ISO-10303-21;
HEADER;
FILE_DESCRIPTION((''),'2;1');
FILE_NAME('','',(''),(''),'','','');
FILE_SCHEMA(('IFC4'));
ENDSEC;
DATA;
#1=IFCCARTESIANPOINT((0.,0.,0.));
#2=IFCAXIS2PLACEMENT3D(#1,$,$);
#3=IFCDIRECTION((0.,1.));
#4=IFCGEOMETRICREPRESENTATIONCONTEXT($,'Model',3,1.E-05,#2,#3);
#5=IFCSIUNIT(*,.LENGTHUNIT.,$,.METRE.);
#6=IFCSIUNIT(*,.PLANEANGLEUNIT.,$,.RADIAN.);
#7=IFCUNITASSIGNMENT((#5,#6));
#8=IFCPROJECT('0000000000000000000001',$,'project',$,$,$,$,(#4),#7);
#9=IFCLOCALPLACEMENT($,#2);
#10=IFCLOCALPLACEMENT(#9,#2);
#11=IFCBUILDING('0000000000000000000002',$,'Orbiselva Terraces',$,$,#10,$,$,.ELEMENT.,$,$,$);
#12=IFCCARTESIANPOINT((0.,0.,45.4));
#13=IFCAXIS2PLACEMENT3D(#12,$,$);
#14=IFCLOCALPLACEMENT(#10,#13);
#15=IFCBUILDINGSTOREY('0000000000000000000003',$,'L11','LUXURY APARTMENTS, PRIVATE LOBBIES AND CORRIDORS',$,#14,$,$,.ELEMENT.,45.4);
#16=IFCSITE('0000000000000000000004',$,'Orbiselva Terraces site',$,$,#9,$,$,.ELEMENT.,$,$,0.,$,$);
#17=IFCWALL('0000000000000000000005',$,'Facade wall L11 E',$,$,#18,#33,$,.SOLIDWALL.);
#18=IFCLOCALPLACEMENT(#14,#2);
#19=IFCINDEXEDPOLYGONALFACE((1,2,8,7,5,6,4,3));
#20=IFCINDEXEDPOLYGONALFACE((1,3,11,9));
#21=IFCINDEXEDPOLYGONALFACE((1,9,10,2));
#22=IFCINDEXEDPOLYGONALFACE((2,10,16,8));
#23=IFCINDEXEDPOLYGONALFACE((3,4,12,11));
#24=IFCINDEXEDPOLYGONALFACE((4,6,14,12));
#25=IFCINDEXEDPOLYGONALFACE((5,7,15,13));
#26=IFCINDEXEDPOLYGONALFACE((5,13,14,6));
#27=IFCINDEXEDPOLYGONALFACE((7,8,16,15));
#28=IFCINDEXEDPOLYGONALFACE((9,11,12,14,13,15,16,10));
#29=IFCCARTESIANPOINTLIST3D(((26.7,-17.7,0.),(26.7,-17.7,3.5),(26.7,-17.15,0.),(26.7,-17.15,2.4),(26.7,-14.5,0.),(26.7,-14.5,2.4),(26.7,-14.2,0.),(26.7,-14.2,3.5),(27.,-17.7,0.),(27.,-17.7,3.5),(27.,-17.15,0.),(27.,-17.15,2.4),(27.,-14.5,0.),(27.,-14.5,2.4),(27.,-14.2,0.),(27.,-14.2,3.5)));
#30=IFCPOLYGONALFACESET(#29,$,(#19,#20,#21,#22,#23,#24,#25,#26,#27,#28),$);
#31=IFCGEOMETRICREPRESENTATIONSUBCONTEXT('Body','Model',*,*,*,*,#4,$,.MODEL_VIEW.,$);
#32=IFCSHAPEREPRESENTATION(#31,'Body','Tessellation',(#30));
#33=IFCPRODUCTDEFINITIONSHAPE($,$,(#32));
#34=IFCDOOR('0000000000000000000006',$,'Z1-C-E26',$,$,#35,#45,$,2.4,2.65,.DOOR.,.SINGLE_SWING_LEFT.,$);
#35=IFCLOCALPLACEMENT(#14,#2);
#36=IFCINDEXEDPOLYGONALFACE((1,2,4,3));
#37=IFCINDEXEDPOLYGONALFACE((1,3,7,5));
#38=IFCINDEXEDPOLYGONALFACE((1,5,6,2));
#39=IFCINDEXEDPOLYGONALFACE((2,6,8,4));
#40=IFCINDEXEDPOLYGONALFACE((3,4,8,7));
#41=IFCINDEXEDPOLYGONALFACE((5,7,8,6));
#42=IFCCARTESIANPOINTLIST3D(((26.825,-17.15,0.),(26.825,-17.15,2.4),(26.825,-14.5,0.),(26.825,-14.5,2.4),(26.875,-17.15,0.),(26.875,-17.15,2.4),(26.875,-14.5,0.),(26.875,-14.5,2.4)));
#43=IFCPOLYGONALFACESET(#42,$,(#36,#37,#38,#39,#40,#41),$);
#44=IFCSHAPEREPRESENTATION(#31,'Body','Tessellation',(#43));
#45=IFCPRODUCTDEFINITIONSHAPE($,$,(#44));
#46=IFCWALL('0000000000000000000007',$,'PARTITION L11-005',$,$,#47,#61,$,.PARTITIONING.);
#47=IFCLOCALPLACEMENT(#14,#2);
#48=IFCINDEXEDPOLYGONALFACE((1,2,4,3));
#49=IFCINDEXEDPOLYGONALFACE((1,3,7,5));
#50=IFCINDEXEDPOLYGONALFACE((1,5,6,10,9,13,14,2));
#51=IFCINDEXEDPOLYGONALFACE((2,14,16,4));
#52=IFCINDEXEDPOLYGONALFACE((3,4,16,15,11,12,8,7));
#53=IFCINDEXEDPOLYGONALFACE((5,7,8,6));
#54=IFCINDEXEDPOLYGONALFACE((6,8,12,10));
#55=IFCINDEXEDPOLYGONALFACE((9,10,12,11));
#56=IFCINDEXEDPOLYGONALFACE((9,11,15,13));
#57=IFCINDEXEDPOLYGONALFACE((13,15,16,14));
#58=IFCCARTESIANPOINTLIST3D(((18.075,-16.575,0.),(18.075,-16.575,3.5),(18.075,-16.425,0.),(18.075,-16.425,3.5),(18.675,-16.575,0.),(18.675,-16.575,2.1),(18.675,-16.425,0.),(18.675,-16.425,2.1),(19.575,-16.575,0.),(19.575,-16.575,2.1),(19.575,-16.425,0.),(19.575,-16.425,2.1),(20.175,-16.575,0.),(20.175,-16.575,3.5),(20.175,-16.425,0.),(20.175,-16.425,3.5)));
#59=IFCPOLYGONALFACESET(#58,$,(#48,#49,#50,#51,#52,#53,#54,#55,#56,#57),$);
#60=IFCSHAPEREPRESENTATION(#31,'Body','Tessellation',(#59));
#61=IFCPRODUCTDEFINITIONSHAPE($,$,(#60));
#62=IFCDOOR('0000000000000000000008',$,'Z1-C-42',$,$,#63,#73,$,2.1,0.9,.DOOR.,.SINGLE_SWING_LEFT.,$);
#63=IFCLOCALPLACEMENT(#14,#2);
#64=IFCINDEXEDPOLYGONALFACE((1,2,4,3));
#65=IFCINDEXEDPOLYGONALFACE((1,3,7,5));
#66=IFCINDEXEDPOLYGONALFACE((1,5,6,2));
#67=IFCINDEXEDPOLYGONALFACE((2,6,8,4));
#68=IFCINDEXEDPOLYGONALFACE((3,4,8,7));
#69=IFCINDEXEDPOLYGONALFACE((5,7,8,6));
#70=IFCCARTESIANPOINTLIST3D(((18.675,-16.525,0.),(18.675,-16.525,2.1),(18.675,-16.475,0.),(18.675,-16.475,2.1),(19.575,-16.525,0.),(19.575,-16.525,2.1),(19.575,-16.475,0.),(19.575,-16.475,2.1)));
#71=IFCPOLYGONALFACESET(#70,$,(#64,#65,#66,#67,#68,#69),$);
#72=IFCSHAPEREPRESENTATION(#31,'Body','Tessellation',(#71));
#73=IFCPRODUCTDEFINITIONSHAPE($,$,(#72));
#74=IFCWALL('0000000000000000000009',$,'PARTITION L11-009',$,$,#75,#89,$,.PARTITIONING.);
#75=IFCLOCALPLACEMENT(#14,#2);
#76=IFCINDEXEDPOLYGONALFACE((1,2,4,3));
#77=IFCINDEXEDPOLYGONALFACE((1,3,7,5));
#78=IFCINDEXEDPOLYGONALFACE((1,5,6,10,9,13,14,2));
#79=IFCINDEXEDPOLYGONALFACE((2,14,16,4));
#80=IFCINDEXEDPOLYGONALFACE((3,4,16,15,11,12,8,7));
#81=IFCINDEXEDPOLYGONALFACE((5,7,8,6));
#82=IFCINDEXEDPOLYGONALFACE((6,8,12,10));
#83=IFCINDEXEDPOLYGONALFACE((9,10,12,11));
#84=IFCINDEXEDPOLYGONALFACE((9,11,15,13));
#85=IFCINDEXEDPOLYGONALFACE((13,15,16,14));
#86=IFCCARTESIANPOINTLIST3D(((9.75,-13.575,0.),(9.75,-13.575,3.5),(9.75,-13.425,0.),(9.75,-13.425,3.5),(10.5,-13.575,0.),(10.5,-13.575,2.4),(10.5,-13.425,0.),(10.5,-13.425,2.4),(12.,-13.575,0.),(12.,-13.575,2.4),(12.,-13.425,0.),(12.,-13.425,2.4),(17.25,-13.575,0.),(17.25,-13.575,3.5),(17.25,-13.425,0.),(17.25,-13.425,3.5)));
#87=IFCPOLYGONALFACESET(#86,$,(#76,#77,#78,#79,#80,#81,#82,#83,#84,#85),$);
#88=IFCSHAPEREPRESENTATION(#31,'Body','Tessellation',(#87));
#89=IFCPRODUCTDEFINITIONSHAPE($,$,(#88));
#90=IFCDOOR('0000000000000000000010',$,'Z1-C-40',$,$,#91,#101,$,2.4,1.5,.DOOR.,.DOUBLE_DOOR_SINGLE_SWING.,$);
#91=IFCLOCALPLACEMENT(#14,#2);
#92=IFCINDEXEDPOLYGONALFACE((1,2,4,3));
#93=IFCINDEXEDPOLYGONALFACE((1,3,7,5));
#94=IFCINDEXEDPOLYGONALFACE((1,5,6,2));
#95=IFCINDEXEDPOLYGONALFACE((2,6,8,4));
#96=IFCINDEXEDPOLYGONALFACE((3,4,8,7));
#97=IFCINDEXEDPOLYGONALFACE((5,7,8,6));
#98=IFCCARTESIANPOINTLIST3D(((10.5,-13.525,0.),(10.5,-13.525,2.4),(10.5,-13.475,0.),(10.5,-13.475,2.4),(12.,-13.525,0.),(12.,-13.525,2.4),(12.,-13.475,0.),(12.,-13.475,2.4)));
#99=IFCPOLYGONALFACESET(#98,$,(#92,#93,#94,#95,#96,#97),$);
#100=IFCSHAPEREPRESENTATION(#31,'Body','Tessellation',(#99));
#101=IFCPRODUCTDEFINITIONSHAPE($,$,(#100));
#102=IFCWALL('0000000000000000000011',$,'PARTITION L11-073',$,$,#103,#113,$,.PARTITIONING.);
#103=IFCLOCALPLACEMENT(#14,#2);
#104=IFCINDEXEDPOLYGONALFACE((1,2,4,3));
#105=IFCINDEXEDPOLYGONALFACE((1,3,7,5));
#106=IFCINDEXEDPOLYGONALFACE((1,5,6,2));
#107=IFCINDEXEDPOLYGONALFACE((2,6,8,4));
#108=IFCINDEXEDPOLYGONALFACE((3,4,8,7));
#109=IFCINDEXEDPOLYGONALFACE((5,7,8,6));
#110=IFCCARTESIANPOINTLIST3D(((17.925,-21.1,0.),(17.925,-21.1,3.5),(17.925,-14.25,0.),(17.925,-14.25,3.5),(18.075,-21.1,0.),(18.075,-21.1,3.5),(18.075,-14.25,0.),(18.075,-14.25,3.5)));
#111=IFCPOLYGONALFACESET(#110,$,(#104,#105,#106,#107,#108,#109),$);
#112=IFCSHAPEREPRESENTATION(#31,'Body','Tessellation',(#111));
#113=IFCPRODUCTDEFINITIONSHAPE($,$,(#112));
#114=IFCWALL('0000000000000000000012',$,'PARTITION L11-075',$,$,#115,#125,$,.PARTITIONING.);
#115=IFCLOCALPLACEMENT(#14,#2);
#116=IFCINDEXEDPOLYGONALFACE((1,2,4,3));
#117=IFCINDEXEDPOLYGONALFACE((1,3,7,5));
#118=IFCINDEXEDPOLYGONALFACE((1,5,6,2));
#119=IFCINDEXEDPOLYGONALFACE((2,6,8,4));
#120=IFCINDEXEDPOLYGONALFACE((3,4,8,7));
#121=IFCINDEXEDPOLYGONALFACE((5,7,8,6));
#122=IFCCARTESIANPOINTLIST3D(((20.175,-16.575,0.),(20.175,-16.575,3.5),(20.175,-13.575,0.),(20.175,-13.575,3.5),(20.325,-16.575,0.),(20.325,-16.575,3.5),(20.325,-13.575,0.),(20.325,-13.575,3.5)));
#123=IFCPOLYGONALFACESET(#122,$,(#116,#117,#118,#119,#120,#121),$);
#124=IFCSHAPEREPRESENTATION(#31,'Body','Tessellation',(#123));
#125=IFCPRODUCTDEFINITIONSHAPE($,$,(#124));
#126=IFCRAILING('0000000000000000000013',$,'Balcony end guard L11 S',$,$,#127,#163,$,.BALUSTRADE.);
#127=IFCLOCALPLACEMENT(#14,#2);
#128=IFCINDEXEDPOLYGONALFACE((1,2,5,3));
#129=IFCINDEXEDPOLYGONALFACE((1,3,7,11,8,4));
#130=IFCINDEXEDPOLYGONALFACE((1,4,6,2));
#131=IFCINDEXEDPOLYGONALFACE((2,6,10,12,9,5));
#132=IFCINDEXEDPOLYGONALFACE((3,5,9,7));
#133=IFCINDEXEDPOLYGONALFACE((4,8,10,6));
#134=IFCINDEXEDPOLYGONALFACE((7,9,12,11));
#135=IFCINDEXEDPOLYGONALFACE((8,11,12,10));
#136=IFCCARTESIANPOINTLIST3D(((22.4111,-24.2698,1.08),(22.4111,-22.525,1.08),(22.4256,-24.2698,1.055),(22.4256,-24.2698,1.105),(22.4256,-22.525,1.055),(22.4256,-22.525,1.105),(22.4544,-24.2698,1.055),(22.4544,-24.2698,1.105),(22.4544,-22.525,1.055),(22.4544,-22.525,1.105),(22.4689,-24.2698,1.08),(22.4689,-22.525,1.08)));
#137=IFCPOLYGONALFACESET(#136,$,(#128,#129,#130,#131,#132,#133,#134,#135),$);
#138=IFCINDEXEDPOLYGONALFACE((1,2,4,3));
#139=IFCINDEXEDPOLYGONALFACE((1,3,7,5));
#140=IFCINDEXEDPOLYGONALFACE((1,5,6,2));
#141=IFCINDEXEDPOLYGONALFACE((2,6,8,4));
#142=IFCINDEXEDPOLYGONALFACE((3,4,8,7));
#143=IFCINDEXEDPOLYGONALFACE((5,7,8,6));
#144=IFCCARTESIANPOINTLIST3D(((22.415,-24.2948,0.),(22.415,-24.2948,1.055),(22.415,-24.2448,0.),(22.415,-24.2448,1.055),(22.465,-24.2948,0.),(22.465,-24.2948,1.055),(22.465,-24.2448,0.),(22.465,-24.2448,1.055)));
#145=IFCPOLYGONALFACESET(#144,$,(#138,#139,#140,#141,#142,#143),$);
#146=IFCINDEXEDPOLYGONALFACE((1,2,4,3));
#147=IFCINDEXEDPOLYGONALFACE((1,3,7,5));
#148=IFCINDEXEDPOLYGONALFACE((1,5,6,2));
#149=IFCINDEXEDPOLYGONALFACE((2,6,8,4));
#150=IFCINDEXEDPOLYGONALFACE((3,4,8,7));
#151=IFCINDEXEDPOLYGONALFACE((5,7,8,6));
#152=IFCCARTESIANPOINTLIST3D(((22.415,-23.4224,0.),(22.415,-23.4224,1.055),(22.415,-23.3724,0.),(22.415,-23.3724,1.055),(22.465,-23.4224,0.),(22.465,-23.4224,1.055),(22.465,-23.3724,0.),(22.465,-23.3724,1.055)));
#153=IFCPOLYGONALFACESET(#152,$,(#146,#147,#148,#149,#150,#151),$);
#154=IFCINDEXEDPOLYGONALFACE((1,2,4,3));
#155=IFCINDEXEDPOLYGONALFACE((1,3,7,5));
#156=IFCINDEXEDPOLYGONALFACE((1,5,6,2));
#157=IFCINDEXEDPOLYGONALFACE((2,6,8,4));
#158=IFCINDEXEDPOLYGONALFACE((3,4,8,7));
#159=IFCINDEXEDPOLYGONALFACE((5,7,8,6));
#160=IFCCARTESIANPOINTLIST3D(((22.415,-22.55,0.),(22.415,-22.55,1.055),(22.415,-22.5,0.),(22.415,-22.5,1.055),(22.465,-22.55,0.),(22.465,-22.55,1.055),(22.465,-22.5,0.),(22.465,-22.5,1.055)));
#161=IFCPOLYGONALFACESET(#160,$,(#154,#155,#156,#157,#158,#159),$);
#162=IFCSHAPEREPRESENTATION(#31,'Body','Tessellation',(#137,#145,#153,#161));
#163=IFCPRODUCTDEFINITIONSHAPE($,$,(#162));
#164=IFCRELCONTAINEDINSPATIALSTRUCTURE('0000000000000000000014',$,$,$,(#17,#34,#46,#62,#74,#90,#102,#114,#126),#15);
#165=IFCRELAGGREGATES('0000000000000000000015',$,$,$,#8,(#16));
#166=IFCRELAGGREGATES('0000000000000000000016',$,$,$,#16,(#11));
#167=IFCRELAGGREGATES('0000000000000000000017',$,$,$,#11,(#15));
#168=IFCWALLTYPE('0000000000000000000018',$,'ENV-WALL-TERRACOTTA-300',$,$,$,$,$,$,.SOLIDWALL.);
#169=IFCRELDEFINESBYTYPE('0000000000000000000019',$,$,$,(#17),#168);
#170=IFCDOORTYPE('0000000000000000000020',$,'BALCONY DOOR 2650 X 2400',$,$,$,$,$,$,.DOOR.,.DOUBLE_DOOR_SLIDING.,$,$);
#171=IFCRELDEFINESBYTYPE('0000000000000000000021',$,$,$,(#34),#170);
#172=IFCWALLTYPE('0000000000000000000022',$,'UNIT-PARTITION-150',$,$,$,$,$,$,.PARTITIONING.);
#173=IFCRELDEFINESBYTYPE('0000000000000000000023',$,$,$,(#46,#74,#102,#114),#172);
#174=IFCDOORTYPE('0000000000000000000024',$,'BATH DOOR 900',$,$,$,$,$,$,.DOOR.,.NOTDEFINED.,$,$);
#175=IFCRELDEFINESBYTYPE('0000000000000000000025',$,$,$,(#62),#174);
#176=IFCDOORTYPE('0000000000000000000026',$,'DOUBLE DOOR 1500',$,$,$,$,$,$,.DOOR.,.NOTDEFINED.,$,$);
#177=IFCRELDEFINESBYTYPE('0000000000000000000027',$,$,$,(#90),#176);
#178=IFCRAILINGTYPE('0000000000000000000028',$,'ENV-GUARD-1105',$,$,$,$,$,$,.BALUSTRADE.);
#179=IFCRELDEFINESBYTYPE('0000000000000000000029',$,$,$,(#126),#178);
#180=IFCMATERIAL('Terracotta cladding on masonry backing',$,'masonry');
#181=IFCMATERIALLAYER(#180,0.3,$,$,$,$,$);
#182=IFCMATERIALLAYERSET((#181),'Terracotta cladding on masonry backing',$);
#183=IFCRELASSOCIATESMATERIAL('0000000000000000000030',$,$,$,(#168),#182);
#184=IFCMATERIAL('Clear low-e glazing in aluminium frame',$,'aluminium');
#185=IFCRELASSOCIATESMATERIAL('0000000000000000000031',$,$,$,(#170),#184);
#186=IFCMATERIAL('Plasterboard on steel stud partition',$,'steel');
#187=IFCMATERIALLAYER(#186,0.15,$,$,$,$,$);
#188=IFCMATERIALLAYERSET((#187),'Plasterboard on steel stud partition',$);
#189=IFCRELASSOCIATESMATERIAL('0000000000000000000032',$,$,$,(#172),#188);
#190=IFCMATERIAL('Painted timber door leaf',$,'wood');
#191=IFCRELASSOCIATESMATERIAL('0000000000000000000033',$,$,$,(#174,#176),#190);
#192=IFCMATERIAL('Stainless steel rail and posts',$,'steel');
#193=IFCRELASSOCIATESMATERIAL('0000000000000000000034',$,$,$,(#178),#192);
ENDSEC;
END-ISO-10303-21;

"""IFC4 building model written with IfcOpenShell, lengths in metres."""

from ifc_helpers import new_model, si_unit, direction, frame, frame_2d, origin, origin_2d, place, context, subcontext, project, spatial, polyline, rectangle, outline, extrude, material, layer, layer_set, type_object, element, fill, save


model = new_model("IFC4")

# Units and contexts
model_context = context("Model", 3, precision=1e-05, world=origin(), true_north=direction((0.0, 1.0)))
body_context = subcontext(model_context, "Body", "Model", "MODEL_VIEW")
ifc_project = project(units=[si_unit("LENGTHUNIT", "METRE"), si_unit("PLANEANGLEUNIT", "RADIAN")], contexts=[model_context])

# Site, building, storey
site_placement = place(None, origin())
site = spatial("IfcSite", under=ifc_project, at=site_placement, Name="Orbiselva Terraces site", CompositionType="ELEMENT", RefElevation=0.0)
building_placement = place(site_placement, origin())
building = spatial("IfcBuilding", under=site, at=building_placement, Name="Orbiselva Terraces", CompositionType="ELEMENT")
storey_placement = place(building_placement, frame((0.0, 0.0, 45.4)))
storey = spatial("IfcBuildingStorey", under=building, at=storey_placement, Name="L11", Description="LUXURY APARTMENTS, PRIVATE LOBBIES AND CORRIDORS", CompositionType="ELEMENT", Elevation=45.4)

# Shared definitions
ifc_material_1 = material(Name="Terracotta cladding on masonry backing", Category="masonry")
ifc_layer_1 = layer(ifc_material_1, 0.3)
ifc_layer_set_1 = layer_set([ifc_layer_1], Name="Terracotta cladding on masonry backing")
wall_type_1 = type_object("IfcWallType", Name="ENV-WALL-TERRACOTTA-300", PredefinedType="SOLIDWALL", material=ifc_layer_set_1)
ifc_material_2 = material(Name="Clear low-e glazing in aluminium frame", Category="aluminium")
door_type_1 = type_object("IfcDoorType", Name="BALCONY DOOR 2650 X 2400", OperationType="DOUBLE_DOOR_SLIDING", PredefinedType="DOOR", material=ifc_material_2)

# Walls, openings, doors
wall_1_placement = place(storey_placement, frame((26.85, -14.2, 0.0), z_axis=(0.0, 0.0, 1.0), x_axis=(0.0, -1.0, 0.0)))
wall_1 = element("IfcWall", 1, at=wall_1_placement, inside=storey, type_object=wall_type_1, Name="Facade wall L11 E", PredefinedType="SOLIDWALL", context=body_context, shape_type="SweptSolid", body=[
    extrude(rectangle(XDim=3.5, YDim=0.3, at=frame_2d((1.75, 0.0))), origin(), (0.0, 0.0, 1.0), 3.5),
])
opening_1_placement = place(wall_1_placement, frame((0.3, 0.0, 0.0)))
opening_1 = element("IfcOpeningElement", 2, at=opening_1_placement, cuts=wall_1, PredefinedType="OPENING", context=body_context, shape_type="SweptSolid", body=[
    extrude(rectangle(XDim=2.65, YDim=2.4, at=frame_2d((1.325, 1.2))), frame((0.0, 0.16, 0.0), z_axis=(0.0, -1.0, 0.0), x_axis=(1.0, 0.0, 0.0)), (0.0, 0.0, 1.0), 0.32),
])
door_1_placement = place(opening_1_placement, origin())
door_1 = element("IfcDoor", 3, at=door_1_placement, inside=storey, type_object=door_type_1, Name="Z1-C-E26", OperationType="SINGLE_SWING_LEFT", OverallHeight=2.4, OverallWidth=2.65, PredefinedType="DOOR", context=body_context, shape_type="SweptSolid", body=[
    extrude(rectangle(XDim=2.65, YDim=2.4, at=frame_2d((1.325, 1.2))), frame((0.0, 0.025, 0.0), z_axis=(0.0, -1.0, 0.0), x_axis=(1.0, 0.0, 0.0)), (0.0, 0.0, 1.0), 0.05),
])
fill(opening_1, door_1)
ifc_material_3 = material(Name="Plasterboard on steel stud partition", Category="steel")
ifc_layer_2 = layer(ifc_material_3, 0.15)
ifc_layer_set_2 = layer_set([ifc_layer_2], Name="Plasterboard on steel stud partition")
wall_type_2 = type_object("IfcWallType", Name="UNIT-PARTITION-150", PredefinedType="PARTITIONING", material=ifc_layer_set_2)
wall_2_placement = place(storey_placement, frame((18.075, -16.5, 0.0), z_axis=(0.0, 0.0, 1.0), x_axis=(1.0, 0.0, 0.0)))
wall_2 = element("IfcWall", 4, at=wall_2_placement, inside=storey, type_object=wall_type_2, Name="PARTITION L11-005", PredefinedType="PARTITIONING", context=body_context, shape_type="SweptSolid", body=[
    extrude(rectangle(XDim=2.1, YDim=0.15, at=frame_2d((1.05, 0.0))), origin(), (0.0, 0.0, 1.0), 3.5),
])
opening_2_placement = place(wall_2_placement, frame((0.6, 0.0, 0.0)))
opening_2 = element("IfcOpeningElement", 5, at=opening_2_placement, cuts=wall_2, PredefinedType="OPENING", context=body_context, shape_type="SweptSolid", body=[
    extrude(rectangle(XDim=0.9, YDim=2.1, at=frame_2d((0.45, 1.05))), frame((0.0, 0.085, 0.0), z_axis=(0.0, -1.0, 0.0), x_axis=(1.0, 0.0, 0.0)), (0.0, 0.0, 1.0), 0.17),
])
ifc_material_4 = material(Name="Painted timber door leaf", Category="wood")
door_type_2 = type_object("IfcDoorType", Name="BATH DOOR 900", OperationType="NOTDEFINED", PredefinedType="DOOR", material=ifc_material_4)
door_2_placement = place(opening_2_placement, origin())
door_2 = element("IfcDoor", 6, at=door_2_placement, inside=storey, type_object=door_type_2, Name="Z1-C-42", OperationType="SINGLE_SWING_LEFT", OverallHeight=2.1, OverallWidth=0.9, PredefinedType="DOOR", context=body_context, shape_type="SweptSolid", body=[
    extrude(rectangle(XDim=0.9, YDim=2.1, at=frame_2d((0.45, 1.05))), frame((0.0, 0.025, 0.0), z_axis=(0.0, -1.0, 0.0), x_axis=(1.0, 0.0, 0.0)), (0.0, 0.0, 1.0), 0.05),
])
fill(opening_2, door_2)
wall_3_placement = place(storey_placement, frame((17.25, -13.5, 0.0), z_axis=(0.0, 0.0, 1.0), x_axis=(-1.0, 0.0, 0.0)))
wall_3 = element("IfcWall", 7, at=wall_3_placement, inside=storey, type_object=wall_type_2, Name="PARTITION L11-009", PredefinedType="PARTITIONING", context=body_context, shape_type="SweptSolid", body=[
    extrude(rectangle(XDim=7.5, YDim=0.15, at=frame_2d((3.75, 0.0))), origin(), (0.0, 0.0, 1.0), 3.5),
])
opening_3_placement = place(wall_3_placement, frame((5.25, 0.0, 0.0)))
opening_3 = element("IfcOpeningElement", 8, at=opening_3_placement, cuts=wall_3, PredefinedType="OPENING", context=body_context, shape_type="SweptSolid", body=[
    extrude(rectangle(XDim=1.5, YDim=2.4, at=frame_2d((0.75, 1.2))), frame((0.0, 0.085, 0.0), z_axis=(0.0, -1.0, 0.0), x_axis=(1.0, 0.0, 0.0)), (0.0, 0.0, 1.0), 0.17),
])
door_type_3 = type_object("IfcDoorType", Name="DOUBLE DOOR 1500", OperationType="NOTDEFINED", PredefinedType="DOOR", material=ifc_material_4)
door_3_placement = place(opening_3_placement, origin())
door_3 = element("IfcDoor", 9, at=door_3_placement, inside=storey, type_object=door_type_3, Name="Z1-C-40", OperationType="DOUBLE_DOOR_SINGLE_SWING", OverallHeight=2.4, OverallWidth=1.5, PredefinedType="DOOR", context=body_context, shape_type="SweptSolid", body=[
    extrude(rectangle(XDim=1.5, YDim=2.4, at=frame_2d((0.75, 1.2))), frame((0.0, 0.025, 0.0), z_axis=(0.0, -1.0, 0.0), x_axis=(1.0, 0.0, 0.0)), (0.0, 0.0, 1.0), 0.05),
])
fill(opening_3, door_3)

# Walls
wall_4_placement = place(storey_placement, frame((18.0, -21.1, 0.0), z_axis=(0.0, 0.0, 1.0), x_axis=(0.0, 1.0, 0.0)))
element("IfcWall", 10, at=wall_4_placement, inside=storey, type_object=wall_type_2, Name="PARTITION L11-073", PredefinedType="PARTITIONING", context=body_context, shape_type="SweptSolid", body=[
    extrude(rectangle(XDim=6.85, YDim=0.15, at=frame_2d((3.425, 0.0))), origin(), (0.0, 0.0, 1.0), 3.5),
])
wall_5_placement = place(storey_placement, frame((20.25, -16.575, 0.0), z_axis=(0.0, 0.0, 1.0), x_axis=(0.0, 1.0, 0.0)))
element("IfcWall", 11, at=wall_5_placement, inside=storey, type_object=wall_type_2, Name="PARTITION L11-075", PredefinedType="PARTITIONING", context=body_context, shape_type="SweptSolid", body=[
    extrude(rectangle(XDim=3.0, YDim=0.15, at=frame_2d((1.5, 0.0))), origin(), (0.0, 0.0, 1.0), 3.5),
])

# Railing
ifc_material_5 = material(Name="Stainless steel rail and posts", Category="steel")
railing_type_1 = type_object("IfcRailingType", Name="ENV-GUARD-1105", PredefinedType="BALUSTRADE", material=ifc_material_5)
railing_1_placement = place(storey_placement, frame((22.44, -24.2698, 0.0)))
element("IfcRailing", 12, at=railing_1_placement, inside=storey, type_object=railing_type_1, Name="Balcony end guard L11 S", PredefinedType="BALUSTRADE", context=body_context, shape_type="SweptSolid", body=[
    extrude(outline(polyline([(0.0289, 0.0), (0.0144, 0.025), (-0.0144, 0.025), (-0.0289, 0.0), (-0.0144, -0.025), (0.0144, -0.025), (0.0289, 0.0)])), frame((0.0, 0.0, 1.08), z_axis=(0.0, 1.0, 0.0), x_axis=(-1.0, 0.0, 0.0)), (0.0, 0.0, 1.0), 1.7448),
    extrude(rectangle(XDim=0.05, YDim=0.05, at=origin_2d()), origin(), (0.0, 0.0, 1.0), 1.055),
    extrude(rectangle(XDim=0.05, YDim=0.05, at=origin_2d()), frame((0.0, 0.8724, 0.0)), (0.0, 0.0, 1.0), 1.055),
    extrude(rectangle(XDim=0.05, YDim=0.05, at=origin_2d()), frame((0.0, 1.7448, 0.0)), (0.0, 0.0, 1.0), 1.055),
])

save(model, "model.ifc")
